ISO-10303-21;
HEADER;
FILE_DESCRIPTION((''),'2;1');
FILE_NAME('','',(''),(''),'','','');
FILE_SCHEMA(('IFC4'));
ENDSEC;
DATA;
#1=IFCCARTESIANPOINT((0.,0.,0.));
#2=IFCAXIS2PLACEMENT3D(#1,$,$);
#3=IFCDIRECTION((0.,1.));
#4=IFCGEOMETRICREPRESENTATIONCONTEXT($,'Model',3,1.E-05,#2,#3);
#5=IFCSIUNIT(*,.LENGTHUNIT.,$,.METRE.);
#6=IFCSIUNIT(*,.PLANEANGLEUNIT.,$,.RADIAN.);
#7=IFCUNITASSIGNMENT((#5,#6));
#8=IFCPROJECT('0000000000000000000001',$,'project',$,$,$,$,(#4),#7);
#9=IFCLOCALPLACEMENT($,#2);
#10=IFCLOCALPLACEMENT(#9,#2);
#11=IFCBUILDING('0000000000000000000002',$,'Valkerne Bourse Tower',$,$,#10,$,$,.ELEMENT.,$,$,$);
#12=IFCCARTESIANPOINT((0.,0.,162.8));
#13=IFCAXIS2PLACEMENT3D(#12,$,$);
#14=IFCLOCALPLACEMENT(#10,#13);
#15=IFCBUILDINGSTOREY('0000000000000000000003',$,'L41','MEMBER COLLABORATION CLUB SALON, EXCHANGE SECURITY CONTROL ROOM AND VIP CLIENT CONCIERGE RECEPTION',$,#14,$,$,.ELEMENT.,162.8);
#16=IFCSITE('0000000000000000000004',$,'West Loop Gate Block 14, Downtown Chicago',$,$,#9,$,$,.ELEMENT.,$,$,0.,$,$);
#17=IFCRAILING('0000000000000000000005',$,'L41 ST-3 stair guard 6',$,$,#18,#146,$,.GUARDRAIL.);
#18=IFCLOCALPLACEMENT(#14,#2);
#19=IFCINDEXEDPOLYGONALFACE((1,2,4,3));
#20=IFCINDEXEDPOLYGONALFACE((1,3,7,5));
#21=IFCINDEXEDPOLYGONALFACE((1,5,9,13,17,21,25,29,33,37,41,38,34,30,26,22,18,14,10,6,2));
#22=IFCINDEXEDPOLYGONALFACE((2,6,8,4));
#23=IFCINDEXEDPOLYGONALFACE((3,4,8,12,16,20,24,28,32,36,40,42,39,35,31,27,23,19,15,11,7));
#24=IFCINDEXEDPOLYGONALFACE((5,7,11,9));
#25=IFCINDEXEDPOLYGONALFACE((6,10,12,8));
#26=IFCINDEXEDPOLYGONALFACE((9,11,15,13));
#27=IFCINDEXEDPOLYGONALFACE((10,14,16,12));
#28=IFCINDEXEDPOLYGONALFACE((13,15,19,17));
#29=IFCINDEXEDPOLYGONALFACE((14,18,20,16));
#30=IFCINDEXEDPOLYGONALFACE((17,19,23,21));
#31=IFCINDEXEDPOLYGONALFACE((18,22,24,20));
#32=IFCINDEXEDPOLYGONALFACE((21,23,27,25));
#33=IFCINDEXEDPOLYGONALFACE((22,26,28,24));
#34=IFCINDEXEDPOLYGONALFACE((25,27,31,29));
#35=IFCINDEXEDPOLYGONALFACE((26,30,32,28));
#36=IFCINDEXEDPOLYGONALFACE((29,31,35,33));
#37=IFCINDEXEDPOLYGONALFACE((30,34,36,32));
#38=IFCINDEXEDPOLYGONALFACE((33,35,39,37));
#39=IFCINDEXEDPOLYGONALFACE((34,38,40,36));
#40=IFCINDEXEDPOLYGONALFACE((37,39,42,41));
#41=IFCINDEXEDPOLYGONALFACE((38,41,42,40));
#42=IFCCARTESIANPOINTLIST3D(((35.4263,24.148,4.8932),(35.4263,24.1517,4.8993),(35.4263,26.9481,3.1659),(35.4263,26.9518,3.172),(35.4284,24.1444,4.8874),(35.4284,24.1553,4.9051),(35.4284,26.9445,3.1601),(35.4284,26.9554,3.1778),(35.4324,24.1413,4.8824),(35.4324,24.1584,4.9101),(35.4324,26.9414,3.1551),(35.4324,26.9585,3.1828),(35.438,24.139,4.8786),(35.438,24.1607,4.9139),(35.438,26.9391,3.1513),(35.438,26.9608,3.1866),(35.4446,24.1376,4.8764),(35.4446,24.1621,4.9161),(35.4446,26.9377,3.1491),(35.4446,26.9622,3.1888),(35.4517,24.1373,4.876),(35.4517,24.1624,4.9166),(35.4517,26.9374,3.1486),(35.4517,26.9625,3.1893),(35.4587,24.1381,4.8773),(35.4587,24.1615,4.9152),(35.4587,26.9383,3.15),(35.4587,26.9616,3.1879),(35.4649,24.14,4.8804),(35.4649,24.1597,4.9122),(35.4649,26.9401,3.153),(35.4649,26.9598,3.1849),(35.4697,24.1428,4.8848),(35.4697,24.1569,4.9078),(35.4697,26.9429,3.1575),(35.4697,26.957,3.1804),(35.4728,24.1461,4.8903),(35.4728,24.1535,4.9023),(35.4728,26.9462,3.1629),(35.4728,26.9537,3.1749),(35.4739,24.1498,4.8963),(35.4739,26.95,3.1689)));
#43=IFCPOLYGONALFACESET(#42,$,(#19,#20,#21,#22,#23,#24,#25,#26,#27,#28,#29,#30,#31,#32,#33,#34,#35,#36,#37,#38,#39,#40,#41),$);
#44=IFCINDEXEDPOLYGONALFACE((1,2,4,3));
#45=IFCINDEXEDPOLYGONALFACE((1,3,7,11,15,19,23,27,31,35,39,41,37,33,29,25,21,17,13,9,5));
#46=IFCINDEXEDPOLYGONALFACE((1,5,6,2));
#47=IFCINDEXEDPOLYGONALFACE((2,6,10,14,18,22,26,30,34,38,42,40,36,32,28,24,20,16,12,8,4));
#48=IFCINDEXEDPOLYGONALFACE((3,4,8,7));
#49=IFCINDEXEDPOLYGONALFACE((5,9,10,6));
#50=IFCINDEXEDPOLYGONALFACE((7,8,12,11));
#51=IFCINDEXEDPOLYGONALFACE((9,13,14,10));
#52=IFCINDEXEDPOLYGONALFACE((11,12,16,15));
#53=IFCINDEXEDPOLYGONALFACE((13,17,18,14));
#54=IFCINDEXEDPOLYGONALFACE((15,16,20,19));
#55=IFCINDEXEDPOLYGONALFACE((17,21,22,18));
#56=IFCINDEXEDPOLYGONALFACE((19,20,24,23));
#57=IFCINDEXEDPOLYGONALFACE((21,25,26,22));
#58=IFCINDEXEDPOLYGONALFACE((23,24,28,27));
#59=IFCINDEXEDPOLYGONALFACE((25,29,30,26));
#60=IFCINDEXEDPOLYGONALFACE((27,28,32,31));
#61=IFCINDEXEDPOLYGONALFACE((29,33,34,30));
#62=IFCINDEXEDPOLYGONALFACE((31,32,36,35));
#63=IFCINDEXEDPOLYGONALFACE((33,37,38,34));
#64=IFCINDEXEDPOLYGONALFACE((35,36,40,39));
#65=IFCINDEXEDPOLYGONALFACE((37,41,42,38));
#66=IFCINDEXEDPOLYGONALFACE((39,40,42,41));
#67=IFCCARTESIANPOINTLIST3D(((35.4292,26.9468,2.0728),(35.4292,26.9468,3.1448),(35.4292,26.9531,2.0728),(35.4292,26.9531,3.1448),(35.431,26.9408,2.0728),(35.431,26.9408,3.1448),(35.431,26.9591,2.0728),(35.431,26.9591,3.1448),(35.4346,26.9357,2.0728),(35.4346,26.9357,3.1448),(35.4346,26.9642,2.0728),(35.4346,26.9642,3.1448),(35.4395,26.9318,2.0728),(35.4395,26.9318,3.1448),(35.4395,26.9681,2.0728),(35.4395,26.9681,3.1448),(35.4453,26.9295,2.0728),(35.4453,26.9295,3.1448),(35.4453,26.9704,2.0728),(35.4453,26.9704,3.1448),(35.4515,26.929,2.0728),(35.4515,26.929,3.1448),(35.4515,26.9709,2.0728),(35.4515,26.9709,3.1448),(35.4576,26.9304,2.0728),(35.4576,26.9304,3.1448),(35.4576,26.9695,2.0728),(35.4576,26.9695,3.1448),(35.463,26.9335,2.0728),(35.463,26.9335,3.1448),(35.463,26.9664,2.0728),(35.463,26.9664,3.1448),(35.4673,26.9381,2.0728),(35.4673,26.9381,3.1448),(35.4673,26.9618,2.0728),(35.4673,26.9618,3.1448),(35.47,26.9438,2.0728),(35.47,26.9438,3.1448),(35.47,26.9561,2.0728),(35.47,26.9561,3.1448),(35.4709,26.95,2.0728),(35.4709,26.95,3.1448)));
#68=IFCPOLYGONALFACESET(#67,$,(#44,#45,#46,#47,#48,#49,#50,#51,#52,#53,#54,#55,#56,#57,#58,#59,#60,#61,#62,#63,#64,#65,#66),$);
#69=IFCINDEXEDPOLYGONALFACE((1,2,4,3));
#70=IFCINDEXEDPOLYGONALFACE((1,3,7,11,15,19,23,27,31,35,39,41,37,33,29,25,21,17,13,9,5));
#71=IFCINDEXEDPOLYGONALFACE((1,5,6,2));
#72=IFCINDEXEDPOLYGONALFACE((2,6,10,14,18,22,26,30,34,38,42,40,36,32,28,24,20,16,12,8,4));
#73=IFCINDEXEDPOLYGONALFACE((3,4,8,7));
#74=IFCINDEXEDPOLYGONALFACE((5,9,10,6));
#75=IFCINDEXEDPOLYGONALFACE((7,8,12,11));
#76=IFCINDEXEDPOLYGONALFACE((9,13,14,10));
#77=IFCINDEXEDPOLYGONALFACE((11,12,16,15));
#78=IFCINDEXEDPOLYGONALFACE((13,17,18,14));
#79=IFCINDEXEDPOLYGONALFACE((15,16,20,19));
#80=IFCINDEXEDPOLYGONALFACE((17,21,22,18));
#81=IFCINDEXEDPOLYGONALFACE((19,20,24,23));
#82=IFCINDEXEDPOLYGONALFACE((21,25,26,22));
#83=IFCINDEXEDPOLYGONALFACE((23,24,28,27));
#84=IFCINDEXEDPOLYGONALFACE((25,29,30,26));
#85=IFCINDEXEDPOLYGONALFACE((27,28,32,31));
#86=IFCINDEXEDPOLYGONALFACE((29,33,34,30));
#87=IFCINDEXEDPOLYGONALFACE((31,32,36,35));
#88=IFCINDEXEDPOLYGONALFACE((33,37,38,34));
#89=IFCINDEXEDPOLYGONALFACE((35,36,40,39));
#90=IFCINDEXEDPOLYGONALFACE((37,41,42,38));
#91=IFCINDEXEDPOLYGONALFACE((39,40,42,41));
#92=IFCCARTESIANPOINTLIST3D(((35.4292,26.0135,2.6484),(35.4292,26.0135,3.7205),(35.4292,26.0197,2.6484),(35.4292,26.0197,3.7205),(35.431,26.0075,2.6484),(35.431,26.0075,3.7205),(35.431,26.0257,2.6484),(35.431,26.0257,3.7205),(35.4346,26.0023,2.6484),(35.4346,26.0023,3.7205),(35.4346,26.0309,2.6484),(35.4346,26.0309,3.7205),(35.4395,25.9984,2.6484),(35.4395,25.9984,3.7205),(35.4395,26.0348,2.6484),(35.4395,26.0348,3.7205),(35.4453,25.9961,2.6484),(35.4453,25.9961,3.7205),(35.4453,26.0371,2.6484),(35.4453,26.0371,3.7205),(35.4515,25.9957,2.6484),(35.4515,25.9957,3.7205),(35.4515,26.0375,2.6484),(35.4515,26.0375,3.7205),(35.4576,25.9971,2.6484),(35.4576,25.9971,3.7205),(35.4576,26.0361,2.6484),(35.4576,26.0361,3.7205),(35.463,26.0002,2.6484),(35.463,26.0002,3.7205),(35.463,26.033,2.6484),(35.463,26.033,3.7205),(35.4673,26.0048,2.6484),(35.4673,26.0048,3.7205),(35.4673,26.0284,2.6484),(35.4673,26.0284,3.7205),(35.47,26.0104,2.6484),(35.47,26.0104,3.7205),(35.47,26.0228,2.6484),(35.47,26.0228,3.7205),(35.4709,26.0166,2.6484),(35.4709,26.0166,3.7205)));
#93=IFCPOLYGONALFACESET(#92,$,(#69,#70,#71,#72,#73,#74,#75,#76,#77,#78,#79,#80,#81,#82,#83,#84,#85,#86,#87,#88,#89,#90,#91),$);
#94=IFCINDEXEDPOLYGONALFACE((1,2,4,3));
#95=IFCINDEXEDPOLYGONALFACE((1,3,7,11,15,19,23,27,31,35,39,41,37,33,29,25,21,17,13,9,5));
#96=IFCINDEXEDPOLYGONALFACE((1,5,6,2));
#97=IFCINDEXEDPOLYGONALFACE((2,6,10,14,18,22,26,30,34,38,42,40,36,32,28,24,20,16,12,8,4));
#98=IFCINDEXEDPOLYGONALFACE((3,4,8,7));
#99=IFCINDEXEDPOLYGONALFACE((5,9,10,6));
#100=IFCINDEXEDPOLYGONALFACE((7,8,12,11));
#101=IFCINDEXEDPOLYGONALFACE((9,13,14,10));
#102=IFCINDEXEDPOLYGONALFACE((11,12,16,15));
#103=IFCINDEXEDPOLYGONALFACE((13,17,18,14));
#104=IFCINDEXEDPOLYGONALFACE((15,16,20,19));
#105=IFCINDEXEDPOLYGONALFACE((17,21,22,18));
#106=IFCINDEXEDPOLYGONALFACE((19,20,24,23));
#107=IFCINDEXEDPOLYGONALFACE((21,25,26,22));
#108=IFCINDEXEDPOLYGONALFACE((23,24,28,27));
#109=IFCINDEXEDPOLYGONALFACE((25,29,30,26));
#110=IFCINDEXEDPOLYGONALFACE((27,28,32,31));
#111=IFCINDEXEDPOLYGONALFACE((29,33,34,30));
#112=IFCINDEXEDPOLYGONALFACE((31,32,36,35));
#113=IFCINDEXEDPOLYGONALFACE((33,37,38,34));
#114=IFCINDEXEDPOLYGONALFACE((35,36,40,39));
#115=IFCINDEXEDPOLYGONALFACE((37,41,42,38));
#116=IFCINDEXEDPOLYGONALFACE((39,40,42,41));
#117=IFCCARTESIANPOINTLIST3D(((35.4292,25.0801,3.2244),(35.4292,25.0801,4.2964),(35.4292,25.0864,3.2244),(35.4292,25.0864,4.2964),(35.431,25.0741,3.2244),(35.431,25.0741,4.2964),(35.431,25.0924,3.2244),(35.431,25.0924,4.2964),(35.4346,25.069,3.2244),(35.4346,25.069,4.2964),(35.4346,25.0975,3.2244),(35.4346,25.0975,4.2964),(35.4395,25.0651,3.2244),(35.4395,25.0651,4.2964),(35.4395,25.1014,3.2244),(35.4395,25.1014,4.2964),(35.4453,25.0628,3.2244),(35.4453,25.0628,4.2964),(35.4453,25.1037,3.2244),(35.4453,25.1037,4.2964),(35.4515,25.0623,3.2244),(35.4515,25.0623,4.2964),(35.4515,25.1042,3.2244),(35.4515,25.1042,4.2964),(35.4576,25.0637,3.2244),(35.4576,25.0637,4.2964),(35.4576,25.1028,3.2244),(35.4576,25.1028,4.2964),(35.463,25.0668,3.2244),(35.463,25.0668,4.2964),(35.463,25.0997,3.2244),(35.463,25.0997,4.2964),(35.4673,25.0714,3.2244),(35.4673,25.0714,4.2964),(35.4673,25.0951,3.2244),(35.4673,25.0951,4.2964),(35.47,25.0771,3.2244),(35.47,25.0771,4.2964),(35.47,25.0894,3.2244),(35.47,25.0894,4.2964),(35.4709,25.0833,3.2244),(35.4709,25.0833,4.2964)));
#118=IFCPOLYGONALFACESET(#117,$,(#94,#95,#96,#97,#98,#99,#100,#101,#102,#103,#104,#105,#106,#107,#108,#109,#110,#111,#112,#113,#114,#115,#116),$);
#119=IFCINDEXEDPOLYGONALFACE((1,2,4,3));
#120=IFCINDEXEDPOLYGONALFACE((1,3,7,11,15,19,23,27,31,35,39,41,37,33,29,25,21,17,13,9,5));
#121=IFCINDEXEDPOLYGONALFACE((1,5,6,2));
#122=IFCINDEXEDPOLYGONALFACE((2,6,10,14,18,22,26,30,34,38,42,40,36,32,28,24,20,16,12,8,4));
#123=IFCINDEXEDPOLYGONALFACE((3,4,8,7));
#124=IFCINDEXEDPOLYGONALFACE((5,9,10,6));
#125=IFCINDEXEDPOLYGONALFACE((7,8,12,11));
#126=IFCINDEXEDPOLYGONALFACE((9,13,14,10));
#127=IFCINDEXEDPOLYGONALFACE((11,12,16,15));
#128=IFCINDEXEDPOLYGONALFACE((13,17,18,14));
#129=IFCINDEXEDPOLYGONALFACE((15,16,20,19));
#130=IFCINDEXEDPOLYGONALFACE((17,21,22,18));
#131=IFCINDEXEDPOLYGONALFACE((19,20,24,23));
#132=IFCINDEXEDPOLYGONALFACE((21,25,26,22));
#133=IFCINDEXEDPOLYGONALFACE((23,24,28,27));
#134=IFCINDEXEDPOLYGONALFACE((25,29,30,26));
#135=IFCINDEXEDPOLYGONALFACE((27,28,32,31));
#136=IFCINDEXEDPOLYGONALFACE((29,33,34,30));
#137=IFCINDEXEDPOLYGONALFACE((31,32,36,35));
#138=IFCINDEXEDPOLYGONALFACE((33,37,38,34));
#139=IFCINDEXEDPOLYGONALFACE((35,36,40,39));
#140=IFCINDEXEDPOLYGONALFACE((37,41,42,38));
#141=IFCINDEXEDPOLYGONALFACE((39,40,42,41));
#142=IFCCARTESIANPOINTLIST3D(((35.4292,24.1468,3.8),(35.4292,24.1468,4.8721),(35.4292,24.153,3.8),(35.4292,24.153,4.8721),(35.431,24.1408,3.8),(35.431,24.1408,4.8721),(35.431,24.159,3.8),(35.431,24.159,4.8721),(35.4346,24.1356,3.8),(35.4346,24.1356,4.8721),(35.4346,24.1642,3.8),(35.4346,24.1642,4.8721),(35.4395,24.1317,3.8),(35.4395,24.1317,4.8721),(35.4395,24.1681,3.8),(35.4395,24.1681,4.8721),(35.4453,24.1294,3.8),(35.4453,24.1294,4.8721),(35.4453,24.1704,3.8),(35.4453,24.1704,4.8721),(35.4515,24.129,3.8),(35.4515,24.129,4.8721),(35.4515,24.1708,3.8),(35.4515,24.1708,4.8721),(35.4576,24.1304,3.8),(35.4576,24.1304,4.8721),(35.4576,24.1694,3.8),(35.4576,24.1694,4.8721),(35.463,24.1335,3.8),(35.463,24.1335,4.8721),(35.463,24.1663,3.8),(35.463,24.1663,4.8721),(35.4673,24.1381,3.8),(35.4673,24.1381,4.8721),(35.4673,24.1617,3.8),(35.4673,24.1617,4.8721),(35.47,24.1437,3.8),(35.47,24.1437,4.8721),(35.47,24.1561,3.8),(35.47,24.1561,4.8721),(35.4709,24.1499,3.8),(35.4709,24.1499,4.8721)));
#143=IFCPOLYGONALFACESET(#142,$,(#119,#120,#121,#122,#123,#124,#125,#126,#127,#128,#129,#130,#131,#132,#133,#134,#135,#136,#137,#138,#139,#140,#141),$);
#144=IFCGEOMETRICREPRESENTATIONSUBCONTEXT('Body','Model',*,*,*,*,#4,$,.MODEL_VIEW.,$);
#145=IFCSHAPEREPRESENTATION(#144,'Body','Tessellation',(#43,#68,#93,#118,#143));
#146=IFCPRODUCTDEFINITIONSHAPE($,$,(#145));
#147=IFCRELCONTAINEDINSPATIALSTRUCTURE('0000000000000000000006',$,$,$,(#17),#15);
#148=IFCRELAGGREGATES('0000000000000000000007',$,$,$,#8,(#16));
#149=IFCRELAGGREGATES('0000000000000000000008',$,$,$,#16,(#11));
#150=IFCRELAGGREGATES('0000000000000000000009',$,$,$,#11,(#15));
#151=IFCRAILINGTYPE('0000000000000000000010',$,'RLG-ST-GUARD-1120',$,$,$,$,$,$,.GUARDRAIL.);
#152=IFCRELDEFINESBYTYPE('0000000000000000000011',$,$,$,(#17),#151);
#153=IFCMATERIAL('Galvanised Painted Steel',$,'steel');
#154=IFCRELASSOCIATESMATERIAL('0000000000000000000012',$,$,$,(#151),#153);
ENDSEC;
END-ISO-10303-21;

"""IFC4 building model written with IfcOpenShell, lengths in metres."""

from ifc_helpers import new_model, si_unit, direction, frame, origin, origin_2d, place, context, subcontext, project, spatial, circle, extrude, material, type_object, element, save


model = new_model("IFC4")

# Units and contexts
model_context = context("Model", 3, precision=1e-05, world=origin(), true_north=direction((0.0, 1.0)))
body_context = subcontext(model_context, "Body", "Model", "MODEL_VIEW")
ifc_project = project(units=[si_unit("LENGTHUNIT", "METRE"), si_unit("PLANEANGLEUNIT", "RADIAN")], contexts=[model_context])

# Site, building, storey
site_placement = place(None, origin())
site = spatial("IfcSite", under=ifc_project, at=site_placement, Name="West Loop Gate Block 14, Downtown Chicago", CompositionType="ELEMENT", RefElevation=0.0)
building_placement = place(site_placement, origin())
building = spatial("IfcBuilding", under=site, at=building_placement, Name="Valkerne Bourse Tower", CompositionType="ELEMENT")
storey_placement = place(building_placement, frame((0.0, 0.0, 162.8)))
storey = spatial("IfcBuildingStorey", under=building, at=storey_placement, Name="L41", Description="MEMBER COLLABORATION CLUB SALON, EXCHANGE SECURITY CONTROL ROOM AND VIP CLIENT CONCIERGE RECEPTION", CompositionType="ELEMENT", Elevation=162.8)

# Railing
ifc_material_1 = material(Name="Galvanised Painted Steel", Category="steel")
railing_type_1 = type_object("IfcRailingType", Name="RLG-ST-GUARD-1120", PredefinedType="GUARDRAIL", material=ifc_material_1)
railing_1_placement = place(storey_placement, frame((35.45, 26.95, 2.0728)))
element("IfcRailing", 1, at=railing_1_placement, inside=storey, type_object=railing_type_1, Name="L41 ST-3 stair guard 6", PredefinedType="GUARDRAIL", context=body_context, shape_type="SweptSolid", body=[
    extrude(circle(Radius=0.0239, at=origin_2d()), frame((0.0, 0.0, 1.0962), z_axis=(0.0, -0.85109, 0.52502), x_axis=(1.0, 0.0, 0.0)), (0.0, 0.0, 1.0), 3.29),
    extrude(circle(Radius=0.021, at=origin_2d()), origin(), (0.0, 0.0, 1.0), 1.072),
    extrude(circle(Radius=0.021, at=origin_2d()), frame((0.0, -0.9333, 0.5757)), (0.0, 0.0, 1.0), 1.072),
    extrude(circle(Radius=0.021, at=origin_2d()), frame((0.0, -1.8667, 1.1516)), (0.0, 0.0, 1.0), 1.072),
    extrude(circle(Radius=0.021, at=origin_2d()), frame((0.0, -2.8, 1.7273)), (0.0, 0.0, 1.0), 1.072),
])

save(model, "model.ifc")
